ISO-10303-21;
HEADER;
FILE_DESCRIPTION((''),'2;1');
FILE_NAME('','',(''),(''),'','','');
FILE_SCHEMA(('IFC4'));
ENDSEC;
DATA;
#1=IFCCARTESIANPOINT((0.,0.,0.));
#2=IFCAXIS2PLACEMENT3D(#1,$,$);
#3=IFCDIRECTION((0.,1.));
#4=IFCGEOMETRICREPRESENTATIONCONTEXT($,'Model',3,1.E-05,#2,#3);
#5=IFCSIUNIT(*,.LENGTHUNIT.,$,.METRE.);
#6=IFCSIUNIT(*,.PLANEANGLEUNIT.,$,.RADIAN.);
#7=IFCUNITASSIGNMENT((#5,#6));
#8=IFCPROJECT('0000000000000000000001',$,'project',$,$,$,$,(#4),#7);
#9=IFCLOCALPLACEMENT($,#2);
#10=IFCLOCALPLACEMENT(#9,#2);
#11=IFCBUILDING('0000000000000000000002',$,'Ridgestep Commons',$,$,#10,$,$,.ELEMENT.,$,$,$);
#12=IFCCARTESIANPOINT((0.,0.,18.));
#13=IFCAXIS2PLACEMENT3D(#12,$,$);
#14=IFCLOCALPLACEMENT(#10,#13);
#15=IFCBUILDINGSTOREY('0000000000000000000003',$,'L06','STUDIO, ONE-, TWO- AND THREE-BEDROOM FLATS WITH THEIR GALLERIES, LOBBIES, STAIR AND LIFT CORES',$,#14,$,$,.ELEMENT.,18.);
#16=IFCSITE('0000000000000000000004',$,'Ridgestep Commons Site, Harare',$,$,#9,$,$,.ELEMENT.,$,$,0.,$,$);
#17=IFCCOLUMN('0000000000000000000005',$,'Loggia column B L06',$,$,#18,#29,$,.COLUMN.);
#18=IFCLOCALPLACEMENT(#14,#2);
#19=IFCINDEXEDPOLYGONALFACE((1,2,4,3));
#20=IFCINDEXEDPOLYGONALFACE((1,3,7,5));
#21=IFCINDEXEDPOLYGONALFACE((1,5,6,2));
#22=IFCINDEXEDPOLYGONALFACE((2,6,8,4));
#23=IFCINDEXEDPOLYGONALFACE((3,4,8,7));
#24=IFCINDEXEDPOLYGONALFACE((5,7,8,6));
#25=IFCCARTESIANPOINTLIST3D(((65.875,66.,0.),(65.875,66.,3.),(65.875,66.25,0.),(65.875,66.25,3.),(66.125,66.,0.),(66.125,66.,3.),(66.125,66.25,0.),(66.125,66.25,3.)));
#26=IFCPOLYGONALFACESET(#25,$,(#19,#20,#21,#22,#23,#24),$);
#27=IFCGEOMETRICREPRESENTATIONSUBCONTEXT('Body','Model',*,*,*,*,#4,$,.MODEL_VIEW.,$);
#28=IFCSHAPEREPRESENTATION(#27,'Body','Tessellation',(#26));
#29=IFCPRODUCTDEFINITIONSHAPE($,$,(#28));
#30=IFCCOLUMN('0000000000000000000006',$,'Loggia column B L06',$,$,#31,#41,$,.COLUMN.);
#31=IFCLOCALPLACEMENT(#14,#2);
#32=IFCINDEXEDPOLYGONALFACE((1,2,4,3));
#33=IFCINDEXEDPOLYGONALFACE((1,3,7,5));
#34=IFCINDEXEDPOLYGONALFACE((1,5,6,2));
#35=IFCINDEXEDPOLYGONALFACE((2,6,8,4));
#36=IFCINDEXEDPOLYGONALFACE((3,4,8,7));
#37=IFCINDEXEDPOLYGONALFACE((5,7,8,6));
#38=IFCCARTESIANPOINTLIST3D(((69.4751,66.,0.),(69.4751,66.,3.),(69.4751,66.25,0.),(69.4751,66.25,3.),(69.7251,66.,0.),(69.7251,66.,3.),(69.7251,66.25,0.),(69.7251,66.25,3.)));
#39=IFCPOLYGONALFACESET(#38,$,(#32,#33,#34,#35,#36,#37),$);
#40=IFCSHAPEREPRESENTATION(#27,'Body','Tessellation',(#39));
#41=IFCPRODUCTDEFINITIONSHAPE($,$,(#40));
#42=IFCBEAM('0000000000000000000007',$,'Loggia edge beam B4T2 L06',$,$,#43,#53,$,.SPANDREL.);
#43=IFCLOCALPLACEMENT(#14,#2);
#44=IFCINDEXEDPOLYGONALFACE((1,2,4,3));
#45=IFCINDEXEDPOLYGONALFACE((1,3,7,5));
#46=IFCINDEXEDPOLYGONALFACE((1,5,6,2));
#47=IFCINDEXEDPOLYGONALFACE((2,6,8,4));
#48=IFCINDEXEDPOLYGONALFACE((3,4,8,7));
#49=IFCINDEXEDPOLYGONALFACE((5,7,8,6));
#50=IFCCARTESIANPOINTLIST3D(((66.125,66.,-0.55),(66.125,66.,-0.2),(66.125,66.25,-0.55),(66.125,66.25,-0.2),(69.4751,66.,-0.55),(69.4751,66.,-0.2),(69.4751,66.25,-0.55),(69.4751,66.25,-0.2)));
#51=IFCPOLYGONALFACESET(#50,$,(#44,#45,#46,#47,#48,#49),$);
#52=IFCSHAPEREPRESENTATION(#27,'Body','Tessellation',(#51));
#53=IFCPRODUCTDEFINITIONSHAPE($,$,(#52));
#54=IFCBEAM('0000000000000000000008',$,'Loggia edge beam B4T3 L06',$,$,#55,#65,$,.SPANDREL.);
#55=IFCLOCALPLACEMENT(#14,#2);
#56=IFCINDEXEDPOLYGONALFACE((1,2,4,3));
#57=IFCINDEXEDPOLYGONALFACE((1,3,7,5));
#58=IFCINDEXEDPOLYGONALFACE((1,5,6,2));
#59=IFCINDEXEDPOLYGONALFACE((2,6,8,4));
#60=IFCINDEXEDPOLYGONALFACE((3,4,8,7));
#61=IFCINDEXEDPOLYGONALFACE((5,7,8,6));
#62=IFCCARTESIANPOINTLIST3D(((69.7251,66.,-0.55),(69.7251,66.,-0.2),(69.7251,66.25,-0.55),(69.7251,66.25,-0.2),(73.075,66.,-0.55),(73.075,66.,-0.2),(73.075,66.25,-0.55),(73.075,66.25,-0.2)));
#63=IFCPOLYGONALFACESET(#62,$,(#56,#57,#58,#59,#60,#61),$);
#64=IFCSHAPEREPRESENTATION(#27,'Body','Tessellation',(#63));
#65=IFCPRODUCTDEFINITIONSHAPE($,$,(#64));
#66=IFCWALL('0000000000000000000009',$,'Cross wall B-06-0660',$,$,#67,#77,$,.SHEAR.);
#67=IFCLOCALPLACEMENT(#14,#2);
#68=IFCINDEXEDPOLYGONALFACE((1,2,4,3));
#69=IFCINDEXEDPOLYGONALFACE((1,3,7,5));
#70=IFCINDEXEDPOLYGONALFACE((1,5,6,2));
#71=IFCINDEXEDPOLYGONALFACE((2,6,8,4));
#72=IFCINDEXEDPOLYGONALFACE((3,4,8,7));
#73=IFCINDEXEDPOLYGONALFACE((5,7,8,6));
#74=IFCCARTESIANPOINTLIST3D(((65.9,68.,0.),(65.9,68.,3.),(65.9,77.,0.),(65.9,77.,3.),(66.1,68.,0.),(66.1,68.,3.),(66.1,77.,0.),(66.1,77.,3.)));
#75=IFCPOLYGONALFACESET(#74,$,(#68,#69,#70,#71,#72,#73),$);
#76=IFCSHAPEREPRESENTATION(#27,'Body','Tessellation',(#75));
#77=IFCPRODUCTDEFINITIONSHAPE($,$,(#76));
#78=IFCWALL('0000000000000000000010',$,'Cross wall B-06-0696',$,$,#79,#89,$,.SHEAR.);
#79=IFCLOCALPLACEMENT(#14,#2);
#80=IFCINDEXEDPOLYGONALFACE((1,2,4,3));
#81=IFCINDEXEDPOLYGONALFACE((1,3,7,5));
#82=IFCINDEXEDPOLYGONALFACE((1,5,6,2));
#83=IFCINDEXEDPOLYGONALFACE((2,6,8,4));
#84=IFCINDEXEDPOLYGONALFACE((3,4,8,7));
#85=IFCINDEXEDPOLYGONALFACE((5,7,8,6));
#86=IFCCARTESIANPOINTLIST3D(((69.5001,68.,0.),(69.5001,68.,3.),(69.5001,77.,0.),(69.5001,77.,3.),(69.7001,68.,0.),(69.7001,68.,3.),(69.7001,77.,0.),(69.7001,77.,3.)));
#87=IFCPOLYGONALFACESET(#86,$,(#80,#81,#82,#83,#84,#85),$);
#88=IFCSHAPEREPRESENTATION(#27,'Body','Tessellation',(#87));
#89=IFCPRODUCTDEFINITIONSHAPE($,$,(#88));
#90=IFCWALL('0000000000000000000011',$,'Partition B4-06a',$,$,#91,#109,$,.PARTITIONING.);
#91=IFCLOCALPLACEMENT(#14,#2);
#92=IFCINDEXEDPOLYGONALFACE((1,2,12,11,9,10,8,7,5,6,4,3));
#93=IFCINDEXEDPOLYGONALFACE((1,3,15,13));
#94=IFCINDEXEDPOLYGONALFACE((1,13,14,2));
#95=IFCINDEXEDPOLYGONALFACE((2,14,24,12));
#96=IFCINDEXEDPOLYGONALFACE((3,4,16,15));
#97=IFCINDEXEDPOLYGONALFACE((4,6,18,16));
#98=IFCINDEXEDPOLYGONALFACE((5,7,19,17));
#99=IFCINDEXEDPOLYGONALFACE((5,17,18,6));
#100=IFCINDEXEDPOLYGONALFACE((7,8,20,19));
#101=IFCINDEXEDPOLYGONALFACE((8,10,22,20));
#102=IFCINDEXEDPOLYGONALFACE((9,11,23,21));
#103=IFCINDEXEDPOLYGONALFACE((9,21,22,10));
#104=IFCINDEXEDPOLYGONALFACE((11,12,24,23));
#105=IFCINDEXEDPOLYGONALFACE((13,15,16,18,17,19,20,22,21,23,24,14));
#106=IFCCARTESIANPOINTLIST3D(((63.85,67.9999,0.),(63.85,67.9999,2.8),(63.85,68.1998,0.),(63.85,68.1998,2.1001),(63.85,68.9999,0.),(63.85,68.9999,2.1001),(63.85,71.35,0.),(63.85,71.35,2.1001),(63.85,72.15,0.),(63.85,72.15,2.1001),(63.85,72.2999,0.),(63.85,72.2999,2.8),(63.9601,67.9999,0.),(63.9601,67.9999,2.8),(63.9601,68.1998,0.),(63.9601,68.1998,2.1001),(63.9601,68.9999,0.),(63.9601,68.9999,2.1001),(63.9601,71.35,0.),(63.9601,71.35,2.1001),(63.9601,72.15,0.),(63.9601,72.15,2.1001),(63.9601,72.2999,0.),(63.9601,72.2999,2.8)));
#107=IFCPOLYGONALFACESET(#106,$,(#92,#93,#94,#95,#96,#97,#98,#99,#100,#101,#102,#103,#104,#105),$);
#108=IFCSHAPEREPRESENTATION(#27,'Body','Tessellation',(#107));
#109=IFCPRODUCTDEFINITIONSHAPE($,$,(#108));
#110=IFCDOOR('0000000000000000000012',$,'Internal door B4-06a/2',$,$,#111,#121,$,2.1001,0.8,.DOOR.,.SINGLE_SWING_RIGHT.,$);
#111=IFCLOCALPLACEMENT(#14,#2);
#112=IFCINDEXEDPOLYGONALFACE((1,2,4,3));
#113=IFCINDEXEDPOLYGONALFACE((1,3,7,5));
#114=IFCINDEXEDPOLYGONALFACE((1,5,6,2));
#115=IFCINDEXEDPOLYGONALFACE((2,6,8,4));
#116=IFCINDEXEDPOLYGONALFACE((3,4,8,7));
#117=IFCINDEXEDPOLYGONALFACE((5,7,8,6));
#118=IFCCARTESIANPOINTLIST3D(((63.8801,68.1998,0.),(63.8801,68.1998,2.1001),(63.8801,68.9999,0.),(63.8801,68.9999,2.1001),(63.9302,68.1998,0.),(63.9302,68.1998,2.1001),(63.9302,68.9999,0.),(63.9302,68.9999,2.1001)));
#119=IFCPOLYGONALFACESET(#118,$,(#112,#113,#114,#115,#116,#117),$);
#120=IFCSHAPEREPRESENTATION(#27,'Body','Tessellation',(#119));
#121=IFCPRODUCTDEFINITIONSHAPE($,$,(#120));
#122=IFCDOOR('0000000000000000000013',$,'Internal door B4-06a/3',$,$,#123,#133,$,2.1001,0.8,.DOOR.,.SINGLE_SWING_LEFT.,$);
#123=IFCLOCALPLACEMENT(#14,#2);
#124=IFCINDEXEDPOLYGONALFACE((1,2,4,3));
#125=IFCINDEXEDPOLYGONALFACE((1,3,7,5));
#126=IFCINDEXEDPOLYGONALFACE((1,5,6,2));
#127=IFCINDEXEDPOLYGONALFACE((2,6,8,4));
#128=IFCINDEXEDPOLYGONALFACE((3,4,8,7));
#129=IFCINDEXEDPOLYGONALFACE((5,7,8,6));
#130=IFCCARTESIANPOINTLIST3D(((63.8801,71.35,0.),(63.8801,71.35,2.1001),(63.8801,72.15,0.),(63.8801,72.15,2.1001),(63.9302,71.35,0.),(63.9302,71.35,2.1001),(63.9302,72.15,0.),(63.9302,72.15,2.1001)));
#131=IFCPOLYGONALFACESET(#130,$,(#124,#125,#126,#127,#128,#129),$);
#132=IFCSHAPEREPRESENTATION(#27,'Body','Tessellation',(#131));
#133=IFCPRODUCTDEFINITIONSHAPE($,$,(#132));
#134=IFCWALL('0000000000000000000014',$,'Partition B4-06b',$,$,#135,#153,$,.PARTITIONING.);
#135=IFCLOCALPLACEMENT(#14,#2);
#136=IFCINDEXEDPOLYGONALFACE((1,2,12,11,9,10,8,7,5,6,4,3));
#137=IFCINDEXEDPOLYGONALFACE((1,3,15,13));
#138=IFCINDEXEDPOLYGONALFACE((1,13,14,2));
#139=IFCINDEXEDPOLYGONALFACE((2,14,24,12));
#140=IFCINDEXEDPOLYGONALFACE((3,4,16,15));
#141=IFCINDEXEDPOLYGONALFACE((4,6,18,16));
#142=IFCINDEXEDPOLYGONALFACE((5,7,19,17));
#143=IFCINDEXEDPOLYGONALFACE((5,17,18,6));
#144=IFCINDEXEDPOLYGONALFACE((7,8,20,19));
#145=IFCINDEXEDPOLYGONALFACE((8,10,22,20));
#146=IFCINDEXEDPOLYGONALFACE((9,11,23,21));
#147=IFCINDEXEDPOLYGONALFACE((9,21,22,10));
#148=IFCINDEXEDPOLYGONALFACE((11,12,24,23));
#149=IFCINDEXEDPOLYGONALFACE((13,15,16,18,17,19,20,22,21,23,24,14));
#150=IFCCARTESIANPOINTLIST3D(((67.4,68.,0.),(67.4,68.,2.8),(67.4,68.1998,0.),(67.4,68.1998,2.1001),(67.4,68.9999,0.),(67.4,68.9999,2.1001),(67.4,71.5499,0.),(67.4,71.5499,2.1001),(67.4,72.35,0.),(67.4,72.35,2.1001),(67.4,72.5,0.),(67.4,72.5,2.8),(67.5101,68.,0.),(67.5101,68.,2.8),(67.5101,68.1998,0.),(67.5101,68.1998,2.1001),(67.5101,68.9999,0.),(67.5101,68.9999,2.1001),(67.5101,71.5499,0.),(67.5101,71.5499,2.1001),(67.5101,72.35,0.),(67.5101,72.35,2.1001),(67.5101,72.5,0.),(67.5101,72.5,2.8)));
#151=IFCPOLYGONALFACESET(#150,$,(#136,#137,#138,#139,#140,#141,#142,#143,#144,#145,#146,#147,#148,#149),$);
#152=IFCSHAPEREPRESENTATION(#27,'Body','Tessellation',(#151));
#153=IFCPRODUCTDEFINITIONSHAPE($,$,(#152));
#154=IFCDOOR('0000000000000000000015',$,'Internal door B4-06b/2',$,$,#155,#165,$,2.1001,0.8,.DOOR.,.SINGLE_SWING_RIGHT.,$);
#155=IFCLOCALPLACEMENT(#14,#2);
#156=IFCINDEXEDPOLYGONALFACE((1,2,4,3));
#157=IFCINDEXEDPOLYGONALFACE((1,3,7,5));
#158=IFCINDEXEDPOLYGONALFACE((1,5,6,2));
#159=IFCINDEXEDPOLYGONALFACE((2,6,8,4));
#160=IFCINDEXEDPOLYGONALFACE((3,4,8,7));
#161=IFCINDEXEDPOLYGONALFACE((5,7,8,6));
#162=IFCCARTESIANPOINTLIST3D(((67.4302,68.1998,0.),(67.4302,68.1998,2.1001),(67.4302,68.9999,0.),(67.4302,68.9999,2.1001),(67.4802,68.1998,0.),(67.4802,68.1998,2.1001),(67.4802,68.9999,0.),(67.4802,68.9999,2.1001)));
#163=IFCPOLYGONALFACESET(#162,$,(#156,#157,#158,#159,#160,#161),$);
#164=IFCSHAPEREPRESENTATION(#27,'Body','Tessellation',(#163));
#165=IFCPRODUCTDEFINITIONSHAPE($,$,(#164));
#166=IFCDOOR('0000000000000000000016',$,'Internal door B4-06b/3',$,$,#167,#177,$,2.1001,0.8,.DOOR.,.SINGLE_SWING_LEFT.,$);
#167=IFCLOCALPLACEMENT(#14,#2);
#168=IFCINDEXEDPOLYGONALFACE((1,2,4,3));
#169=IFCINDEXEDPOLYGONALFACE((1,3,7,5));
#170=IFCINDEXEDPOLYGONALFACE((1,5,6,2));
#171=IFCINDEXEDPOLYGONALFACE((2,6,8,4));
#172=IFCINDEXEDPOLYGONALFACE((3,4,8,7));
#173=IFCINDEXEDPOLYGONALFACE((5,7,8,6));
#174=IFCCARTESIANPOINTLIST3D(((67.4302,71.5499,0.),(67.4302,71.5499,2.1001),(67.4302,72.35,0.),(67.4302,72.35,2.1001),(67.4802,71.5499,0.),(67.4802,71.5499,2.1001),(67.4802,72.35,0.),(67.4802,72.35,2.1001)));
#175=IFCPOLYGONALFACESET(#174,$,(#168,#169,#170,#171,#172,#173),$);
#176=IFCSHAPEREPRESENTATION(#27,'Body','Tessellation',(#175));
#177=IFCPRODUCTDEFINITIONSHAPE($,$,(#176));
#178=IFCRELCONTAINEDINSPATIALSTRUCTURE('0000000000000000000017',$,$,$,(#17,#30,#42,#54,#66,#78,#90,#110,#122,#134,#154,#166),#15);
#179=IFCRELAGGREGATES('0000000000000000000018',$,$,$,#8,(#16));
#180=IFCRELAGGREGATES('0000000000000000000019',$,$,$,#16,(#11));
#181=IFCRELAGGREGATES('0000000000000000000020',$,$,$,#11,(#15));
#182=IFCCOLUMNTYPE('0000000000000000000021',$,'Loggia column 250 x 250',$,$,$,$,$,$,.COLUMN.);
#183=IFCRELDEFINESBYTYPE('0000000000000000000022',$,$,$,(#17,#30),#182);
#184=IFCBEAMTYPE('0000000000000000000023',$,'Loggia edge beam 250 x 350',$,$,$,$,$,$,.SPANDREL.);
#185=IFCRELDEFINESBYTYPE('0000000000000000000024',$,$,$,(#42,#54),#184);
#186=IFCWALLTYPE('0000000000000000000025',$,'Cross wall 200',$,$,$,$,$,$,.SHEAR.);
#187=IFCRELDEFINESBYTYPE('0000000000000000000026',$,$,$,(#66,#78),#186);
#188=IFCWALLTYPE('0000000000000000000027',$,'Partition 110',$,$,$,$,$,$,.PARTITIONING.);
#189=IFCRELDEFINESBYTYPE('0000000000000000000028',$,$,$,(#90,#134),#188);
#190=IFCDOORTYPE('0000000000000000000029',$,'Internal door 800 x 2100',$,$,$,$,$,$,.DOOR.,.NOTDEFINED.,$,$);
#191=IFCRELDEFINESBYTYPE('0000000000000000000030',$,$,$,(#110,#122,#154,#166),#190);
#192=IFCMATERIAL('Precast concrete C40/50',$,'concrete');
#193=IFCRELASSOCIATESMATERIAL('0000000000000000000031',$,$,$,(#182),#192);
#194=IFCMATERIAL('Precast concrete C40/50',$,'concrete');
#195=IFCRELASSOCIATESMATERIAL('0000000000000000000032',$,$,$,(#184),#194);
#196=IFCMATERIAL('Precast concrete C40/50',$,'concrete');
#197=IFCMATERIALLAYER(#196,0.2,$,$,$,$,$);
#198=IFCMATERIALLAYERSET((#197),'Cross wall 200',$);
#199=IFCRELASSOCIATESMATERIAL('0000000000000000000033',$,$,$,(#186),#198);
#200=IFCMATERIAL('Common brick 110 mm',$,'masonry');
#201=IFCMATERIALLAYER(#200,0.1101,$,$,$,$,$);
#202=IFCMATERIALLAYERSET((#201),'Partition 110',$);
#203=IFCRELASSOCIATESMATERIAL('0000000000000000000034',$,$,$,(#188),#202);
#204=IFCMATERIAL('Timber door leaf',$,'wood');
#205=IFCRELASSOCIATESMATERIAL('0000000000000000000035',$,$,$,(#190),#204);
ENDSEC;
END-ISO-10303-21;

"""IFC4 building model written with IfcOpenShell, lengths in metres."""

from ifc_helpers import new_model, si_unit, direction, frame, frame_2d, origin, origin_2d, place, context, subcontext, project, spatial, rectangle, extrude, material, layer, layer_set, material_profile, profile_set, type_object, element, fill, save


model = new_model("IFC4")

# Units and contexts
model_context = context("Model", 3, precision=1e-05, world=origin(), true_north=direction((0.0, 1.0)))
body_context = subcontext(model_context, "Body", "Model", "MODEL_VIEW")
ifc_project = project(units=[si_unit("LENGTHUNIT", "METRE"), si_unit("PLANEANGLEUNIT", "RADIAN")], contexts=[model_context])

# Site, building, storey
site_placement = place(None, origin())
site = spatial("IfcSite", under=ifc_project, at=site_placement, Name="Ridgestep Commons Site, Harare", CompositionType="ELEMENT", RefElevation=0.0)
building_placement = place(site_placement, origin())
building = spatial("IfcBuilding", under=site, at=building_placement, Name="Ridgestep Commons", CompositionType="ELEMENT")
storey_placement = place(building_placement, frame((0.0, 0.0, 18.0)))
storey = spatial("IfcBuildingStorey", under=building, at=storey_placement, Name="L06", Description="STUDIO, ONE-, TWO- AND THREE-BEDROOM FLATS WITH THEIR GALLERIES, LOBBIES, STAIR AND LIFT CORES", CompositionType="ELEMENT", Elevation=18.0)

# Columns
ifc_material_1 = material(Name="Precast concrete C40/50", Category="concrete")
ifc_material_profile_1 = material_profile(ifc_material_1, rectangle(XDim=0.25, YDim=0.25, at=origin_2d()), Name="PC 250x250")
ifc_profile_set_1 = profile_set([ifc_material_profile_1], Name="Precast concrete C40/50")
column_type = type_object("IfcColumnType", Name="Loggia column 250 x 250", PredefinedType="COLUMN", material=ifc_profile_set_1)
for number, where, z_axis, x_axis, name in (
    (1, (66.0, 66.125, 0.0), (0.0, 0.0, 1.0), (1.0, 0.0, 0.0), "Loggia column B L06"),
    (2, (69.6001, 66.125, 0.0), (0.0, 0.0, 1.0), (1.0, 0.0, 0.0), "Loggia column B L06"),
):
    element("IfcColumn", number, at=place(storey_placement, frame(where, z_axis=z_axis, x_axis=x_axis)), inside=storey, type_object=column_type, Name=name, PredefinedType="COLUMN", context=body_context, shape_type="SweptSolid", body=[
        extrude(rectangle(XDim=0.25, YDim=0.25, at=origin_2d()), origin(), (0.0, 0.0, 1.0), 3.0),
    ])

# Beams
ifc_material_2 = material(Name="Precast concrete C40/50", Category="concrete")
ifc_material_profile_2 = material_profile(ifc_material_2, rectangle(XDim=0.25, YDim=0.3501, at=origin_2d()), Name="PC 250x350")
ifc_profile_set_2 = profile_set([ifc_material_profile_2], Name="Precast concrete C40/50")
beam_type = type_object("IfcBeamType", Name="Loggia edge beam 250 x 350", PredefinedType="SPANDREL", material=ifc_profile_set_2)
beam_1_placement = place(storey_placement, frame((66.125, 66.125, -0.375), z_axis=(1.0, 0.0, 0.0), x_axis=(0.0, 1.0, 0.0)))
element("IfcBeam", 3, at=beam_1_placement, inside=storey, type_object=beam_type, Name="Loggia edge beam B4T2 L06", PredefinedType="SPANDREL", context=body_context, shape_type="SweptSolid", body=[
    extrude(rectangle(XDim=0.25, YDim=0.3501, at=origin_2d()), origin(), (0.0, 0.0, 1.0), 3.3501),
])
beam_2_placement = place(storey_placement, frame((69.7251, 66.125, -0.375), z_axis=(1.0, 0.0, 0.0), x_axis=(0.0, 1.0, 0.0)))
element("IfcBeam", 4, at=beam_2_placement, inside=storey, type_object=beam_type, Name="Loggia edge beam B4T3 L06", PredefinedType="SPANDREL", context=body_context, shape_type="SweptSolid", body=[
    extrude(rectangle(XDim=0.25, YDim=0.3501, at=origin_2d()), origin(), (0.0, 0.0, 1.0), 3.3499),
])

# Walls
ifc_material_3 = material(Name="Precast concrete C40/50", Category="concrete")
ifc_layer_1 = layer(ifc_material_3, 0.2)
ifc_layer_set_1 = layer_set([ifc_layer_1], Name="Cross wall 200")
wall_type_1 = type_object("IfcWallType", Name="Cross wall 200", PredefinedType="SHEAR", material=ifc_layer_set_1)
for number, where, z_axis, x_axis, name in (
    (5, (66.0, 68.0, 0.0), (0.0, 0.0, 1.0), (0.0, 1.0, 0.0), "Cross wall B-06-0660"),
    (6, (69.6001, 68.0, 0.0), (0.0, 0.0, 1.0), (0.0, 1.0, 0.0), "Cross wall B-06-0696"),
):
    element("IfcWall", number, at=place(storey_placement, frame(where, z_axis=z_axis, x_axis=x_axis)), inside=storey, type_object=wall_type_1, Name=name, PredefinedType="SHEAR", context=body_context, shape_type="SweptSolid", body=[
        extrude(rectangle(XDim=9.0, YDim=0.2, at=frame_2d((4.5, 0.0))), origin(), (0.0, 0.0, 1.0), 3.0),
    ])

# Walls, openings, doors
ifc_material_4 = material(Name="Common brick 110 mm", Category="masonry")
ifc_layer_2 = layer(ifc_material_4, 0.1101)
ifc_layer_set_2 = layer_set([ifc_layer_2], Name="Partition 110")
wall_type_2 = type_object("IfcWallType", Name="Partition 110", PredefinedType="PARTITIONING", material=ifc_layer_set_2)
wall_1_placement = place(storey_placement, frame((63.905, 68.0, 0.0), z_axis=(0.0, 0.0, 1.0), x_axis=(0.0, 1.0, 0.0)))
wall_1 = element("IfcWall", 7, at=wall_1_placement, inside=storey, type_object=wall_type_2, Name="Partition B4-06a", PredefinedType="PARTITIONING", context=body_context, shape_type="SweptSolid", body=[
    extrude(rectangle(XDim=4.3, YDim=0.1101, at=frame_2d((2.1499, 0.0))), origin(), (0.0, 0.0, 1.0), 2.8),
])
opening_1_placement = place(wall_1_placement, frame((0.2, 0.0, 0.0)))
opening_1 = element("IfcOpeningElement", 8, at=opening_1_placement, cuts=wall_1, PredefinedType="OPENING", context=body_context, shape_type="SweptSolid", body=[
    extrude(rectangle(XDim=0.8, YDim=2.1001, at=frame_2d((0.3999, 1.05))), frame((0.0, 0.0649, 0.0), z_axis=(0.0, -1.0, 0.0), x_axis=(1.0, 0.0, 0.0)), (0.0, 0.0, 1.0), 0.1301),
])
opening_2_placement = place(wall_1_placement, frame((3.3501, 0.0, 0.0)))
opening_2 = element("IfcOpeningElement", 9, at=opening_2_placement, cuts=wall_1, PredefinedType="OPENING", context=body_context, shape_type="SweptSolid", body=[
    extrude(rectangle(XDim=0.8, YDim=2.1001, at=frame_2d((0.3999, 1.05))), frame((0.0, 0.0649, 0.0), z_axis=(0.0, -1.0, 0.0), x_axis=(1.0, 0.0, 0.0)), (0.0, 0.0, 1.0), 0.1301),
])
ifc_material_5 = material(Name="Timber door leaf", Category="wood")
door_type_1 = type_object("IfcDoorType", Name="Internal door 800 x 2100", OperationType="NOTDEFINED", PredefinedType="DOOR", material=ifc_material_5)
door_1_placement = place(opening_1_placement, origin())
door_1 = element("IfcDoor", 10, at=door_1_placement, inside=storey, type_object=door_type_1, Name="Internal door B4-06a/2", OperationType="SINGLE_SWING_RIGHT", OverallHeight=2.1001, OverallWidth=0.8, PredefinedType="DOOR", context=body_context, shape_type="SweptSolid", body=[
    extrude(rectangle(XDim=0.8, YDim=2.1001, at=frame_2d((0.3999, 1.05))), frame((0.0, 0.0249, 0.0), z_axis=(0.0, -1.0, 0.0), x_axis=(1.0, 0.0, 0.0)), (0.0, 0.0, 1.0), 0.05),
])
fill(opening_1, door_1)
door_2_placement = place(opening_2_placement, origin())
door_2 = element("IfcDoor", 11, at=door_2_placement, inside=storey, type_object=door_type_1, Name="Internal door B4-06a/3", OperationType="SINGLE_SWING_LEFT", OverallHeight=2.1001, OverallWidth=0.8, PredefinedType="DOOR", context=body_context, shape_type="SweptSolid", body=[
    extrude(rectangle(XDim=0.8, YDim=2.1001, at=frame_2d((0.3999, 1.05))), frame((0.0, 0.0249, 0.0), z_axis=(0.0, -1.0, 0.0), x_axis=(1.0, 0.0, 0.0)), (0.0, 0.0, 1.0), 0.05),
])
fill(opening_2, door_2)
wall_2_placement = place(storey_placement, frame((67.4551, 68.0, 0.0), z_axis=(0.0, 0.0, 1.0), x_axis=(0.0, 1.0, 0.0)))
wall_2 = element("IfcWall", 12, at=wall_2_placement, inside=storey, type_object=wall_type_2, Name="Partition B4-06b", PredefinedType="PARTITIONING", context=body_context, shape_type="SweptSolid", body=[
    extrude(rectangle(XDim=4.5, YDim=0.1101, at=frame_2d((2.25, 0.0))), origin(), (0.0, 0.0, 1.0), 2.8),
])
opening_3_placement = place(wall_2_placement, frame((0.2, 0.0, 0.0)))
opening_3 = element("IfcOpeningElement", 13, at=opening_3_placement, cuts=wall_2, PredefinedType="OPENING", context=body_context, shape_type="SweptSolid", body=[
    extrude(rectangle(XDim=0.8, YDim=2.1001, at=frame_2d((0.3999, 1.05))), frame((0.0, 0.0649, 0.0), z_axis=(0.0, -1.0, 0.0), x_axis=(1.0, 0.0, 0.0)), (0.0, 0.0, 1.0), 0.1301),
])
opening_4_placement = place(wall_2_placement, frame((3.55, 0.0, 0.0)))
opening_4 = element("IfcOpeningElement", 14, at=opening_4_placement, cuts=wall_2, PredefinedType="OPENING", context=body_context, shape_type="SweptSolid", body=[
    extrude(rectangle(XDim=0.8, YDim=2.1001, at=frame_2d((0.3999, 1.05))), frame((0.0, 0.0649, 0.0), z_axis=(0.0, -1.0, 0.0), x_axis=(1.0, 0.0, 0.0)), (0.0, 0.0, 1.0), 0.1301),
])
door_3_placement = place(opening_3_placement, origin())
door_3 = element("IfcDoor", 15, at=door_3_placement, inside=storey, type_object=door_type_1, Name="Internal door B4-06b/2", OperationType="SINGLE_SWING_RIGHT", OverallHeight=2.1001, OverallWidth=0.8, PredefinedType="DOOR", context=body_context, shape_type="SweptSolid", body=[
    extrude(rectangle(XDim=0.8, YDim=2.1001, at=frame_2d((0.3999, 1.05))), frame((0.0, 0.0249, 0.0), z_axis=(0.0, -1.0, 0.0), x_axis=(1.0, 0.0, 0.0)), (0.0, 0.0, 1.0), 0.05),
])
fill(opening_3, door_3)
door_4_placement = place(opening_4_placement, origin())
door_4 = element("IfcDoor", 16, at=door_4_placement, inside=storey, type_object=door_type_1, Name="Internal door B4-06b/3", OperationType="SINGLE_SWING_LEFT", OverallHeight=2.1001, OverallWidth=0.8, PredefinedType="DOOR", context=body_context, shape_type="SweptSolid", body=[
    extrude(rectangle(XDim=0.8, YDim=2.1001, at=frame_2d((0.3999, 1.05))), frame((0.0, 0.0249, 0.0), z_axis=(0.0, -1.0, 0.0), x_axis=(1.0, 0.0, 0.0)), (0.0, 0.0, 1.0), 0.05),
])
fill(opening_4, door_4)

save(model, "model.ifc")
